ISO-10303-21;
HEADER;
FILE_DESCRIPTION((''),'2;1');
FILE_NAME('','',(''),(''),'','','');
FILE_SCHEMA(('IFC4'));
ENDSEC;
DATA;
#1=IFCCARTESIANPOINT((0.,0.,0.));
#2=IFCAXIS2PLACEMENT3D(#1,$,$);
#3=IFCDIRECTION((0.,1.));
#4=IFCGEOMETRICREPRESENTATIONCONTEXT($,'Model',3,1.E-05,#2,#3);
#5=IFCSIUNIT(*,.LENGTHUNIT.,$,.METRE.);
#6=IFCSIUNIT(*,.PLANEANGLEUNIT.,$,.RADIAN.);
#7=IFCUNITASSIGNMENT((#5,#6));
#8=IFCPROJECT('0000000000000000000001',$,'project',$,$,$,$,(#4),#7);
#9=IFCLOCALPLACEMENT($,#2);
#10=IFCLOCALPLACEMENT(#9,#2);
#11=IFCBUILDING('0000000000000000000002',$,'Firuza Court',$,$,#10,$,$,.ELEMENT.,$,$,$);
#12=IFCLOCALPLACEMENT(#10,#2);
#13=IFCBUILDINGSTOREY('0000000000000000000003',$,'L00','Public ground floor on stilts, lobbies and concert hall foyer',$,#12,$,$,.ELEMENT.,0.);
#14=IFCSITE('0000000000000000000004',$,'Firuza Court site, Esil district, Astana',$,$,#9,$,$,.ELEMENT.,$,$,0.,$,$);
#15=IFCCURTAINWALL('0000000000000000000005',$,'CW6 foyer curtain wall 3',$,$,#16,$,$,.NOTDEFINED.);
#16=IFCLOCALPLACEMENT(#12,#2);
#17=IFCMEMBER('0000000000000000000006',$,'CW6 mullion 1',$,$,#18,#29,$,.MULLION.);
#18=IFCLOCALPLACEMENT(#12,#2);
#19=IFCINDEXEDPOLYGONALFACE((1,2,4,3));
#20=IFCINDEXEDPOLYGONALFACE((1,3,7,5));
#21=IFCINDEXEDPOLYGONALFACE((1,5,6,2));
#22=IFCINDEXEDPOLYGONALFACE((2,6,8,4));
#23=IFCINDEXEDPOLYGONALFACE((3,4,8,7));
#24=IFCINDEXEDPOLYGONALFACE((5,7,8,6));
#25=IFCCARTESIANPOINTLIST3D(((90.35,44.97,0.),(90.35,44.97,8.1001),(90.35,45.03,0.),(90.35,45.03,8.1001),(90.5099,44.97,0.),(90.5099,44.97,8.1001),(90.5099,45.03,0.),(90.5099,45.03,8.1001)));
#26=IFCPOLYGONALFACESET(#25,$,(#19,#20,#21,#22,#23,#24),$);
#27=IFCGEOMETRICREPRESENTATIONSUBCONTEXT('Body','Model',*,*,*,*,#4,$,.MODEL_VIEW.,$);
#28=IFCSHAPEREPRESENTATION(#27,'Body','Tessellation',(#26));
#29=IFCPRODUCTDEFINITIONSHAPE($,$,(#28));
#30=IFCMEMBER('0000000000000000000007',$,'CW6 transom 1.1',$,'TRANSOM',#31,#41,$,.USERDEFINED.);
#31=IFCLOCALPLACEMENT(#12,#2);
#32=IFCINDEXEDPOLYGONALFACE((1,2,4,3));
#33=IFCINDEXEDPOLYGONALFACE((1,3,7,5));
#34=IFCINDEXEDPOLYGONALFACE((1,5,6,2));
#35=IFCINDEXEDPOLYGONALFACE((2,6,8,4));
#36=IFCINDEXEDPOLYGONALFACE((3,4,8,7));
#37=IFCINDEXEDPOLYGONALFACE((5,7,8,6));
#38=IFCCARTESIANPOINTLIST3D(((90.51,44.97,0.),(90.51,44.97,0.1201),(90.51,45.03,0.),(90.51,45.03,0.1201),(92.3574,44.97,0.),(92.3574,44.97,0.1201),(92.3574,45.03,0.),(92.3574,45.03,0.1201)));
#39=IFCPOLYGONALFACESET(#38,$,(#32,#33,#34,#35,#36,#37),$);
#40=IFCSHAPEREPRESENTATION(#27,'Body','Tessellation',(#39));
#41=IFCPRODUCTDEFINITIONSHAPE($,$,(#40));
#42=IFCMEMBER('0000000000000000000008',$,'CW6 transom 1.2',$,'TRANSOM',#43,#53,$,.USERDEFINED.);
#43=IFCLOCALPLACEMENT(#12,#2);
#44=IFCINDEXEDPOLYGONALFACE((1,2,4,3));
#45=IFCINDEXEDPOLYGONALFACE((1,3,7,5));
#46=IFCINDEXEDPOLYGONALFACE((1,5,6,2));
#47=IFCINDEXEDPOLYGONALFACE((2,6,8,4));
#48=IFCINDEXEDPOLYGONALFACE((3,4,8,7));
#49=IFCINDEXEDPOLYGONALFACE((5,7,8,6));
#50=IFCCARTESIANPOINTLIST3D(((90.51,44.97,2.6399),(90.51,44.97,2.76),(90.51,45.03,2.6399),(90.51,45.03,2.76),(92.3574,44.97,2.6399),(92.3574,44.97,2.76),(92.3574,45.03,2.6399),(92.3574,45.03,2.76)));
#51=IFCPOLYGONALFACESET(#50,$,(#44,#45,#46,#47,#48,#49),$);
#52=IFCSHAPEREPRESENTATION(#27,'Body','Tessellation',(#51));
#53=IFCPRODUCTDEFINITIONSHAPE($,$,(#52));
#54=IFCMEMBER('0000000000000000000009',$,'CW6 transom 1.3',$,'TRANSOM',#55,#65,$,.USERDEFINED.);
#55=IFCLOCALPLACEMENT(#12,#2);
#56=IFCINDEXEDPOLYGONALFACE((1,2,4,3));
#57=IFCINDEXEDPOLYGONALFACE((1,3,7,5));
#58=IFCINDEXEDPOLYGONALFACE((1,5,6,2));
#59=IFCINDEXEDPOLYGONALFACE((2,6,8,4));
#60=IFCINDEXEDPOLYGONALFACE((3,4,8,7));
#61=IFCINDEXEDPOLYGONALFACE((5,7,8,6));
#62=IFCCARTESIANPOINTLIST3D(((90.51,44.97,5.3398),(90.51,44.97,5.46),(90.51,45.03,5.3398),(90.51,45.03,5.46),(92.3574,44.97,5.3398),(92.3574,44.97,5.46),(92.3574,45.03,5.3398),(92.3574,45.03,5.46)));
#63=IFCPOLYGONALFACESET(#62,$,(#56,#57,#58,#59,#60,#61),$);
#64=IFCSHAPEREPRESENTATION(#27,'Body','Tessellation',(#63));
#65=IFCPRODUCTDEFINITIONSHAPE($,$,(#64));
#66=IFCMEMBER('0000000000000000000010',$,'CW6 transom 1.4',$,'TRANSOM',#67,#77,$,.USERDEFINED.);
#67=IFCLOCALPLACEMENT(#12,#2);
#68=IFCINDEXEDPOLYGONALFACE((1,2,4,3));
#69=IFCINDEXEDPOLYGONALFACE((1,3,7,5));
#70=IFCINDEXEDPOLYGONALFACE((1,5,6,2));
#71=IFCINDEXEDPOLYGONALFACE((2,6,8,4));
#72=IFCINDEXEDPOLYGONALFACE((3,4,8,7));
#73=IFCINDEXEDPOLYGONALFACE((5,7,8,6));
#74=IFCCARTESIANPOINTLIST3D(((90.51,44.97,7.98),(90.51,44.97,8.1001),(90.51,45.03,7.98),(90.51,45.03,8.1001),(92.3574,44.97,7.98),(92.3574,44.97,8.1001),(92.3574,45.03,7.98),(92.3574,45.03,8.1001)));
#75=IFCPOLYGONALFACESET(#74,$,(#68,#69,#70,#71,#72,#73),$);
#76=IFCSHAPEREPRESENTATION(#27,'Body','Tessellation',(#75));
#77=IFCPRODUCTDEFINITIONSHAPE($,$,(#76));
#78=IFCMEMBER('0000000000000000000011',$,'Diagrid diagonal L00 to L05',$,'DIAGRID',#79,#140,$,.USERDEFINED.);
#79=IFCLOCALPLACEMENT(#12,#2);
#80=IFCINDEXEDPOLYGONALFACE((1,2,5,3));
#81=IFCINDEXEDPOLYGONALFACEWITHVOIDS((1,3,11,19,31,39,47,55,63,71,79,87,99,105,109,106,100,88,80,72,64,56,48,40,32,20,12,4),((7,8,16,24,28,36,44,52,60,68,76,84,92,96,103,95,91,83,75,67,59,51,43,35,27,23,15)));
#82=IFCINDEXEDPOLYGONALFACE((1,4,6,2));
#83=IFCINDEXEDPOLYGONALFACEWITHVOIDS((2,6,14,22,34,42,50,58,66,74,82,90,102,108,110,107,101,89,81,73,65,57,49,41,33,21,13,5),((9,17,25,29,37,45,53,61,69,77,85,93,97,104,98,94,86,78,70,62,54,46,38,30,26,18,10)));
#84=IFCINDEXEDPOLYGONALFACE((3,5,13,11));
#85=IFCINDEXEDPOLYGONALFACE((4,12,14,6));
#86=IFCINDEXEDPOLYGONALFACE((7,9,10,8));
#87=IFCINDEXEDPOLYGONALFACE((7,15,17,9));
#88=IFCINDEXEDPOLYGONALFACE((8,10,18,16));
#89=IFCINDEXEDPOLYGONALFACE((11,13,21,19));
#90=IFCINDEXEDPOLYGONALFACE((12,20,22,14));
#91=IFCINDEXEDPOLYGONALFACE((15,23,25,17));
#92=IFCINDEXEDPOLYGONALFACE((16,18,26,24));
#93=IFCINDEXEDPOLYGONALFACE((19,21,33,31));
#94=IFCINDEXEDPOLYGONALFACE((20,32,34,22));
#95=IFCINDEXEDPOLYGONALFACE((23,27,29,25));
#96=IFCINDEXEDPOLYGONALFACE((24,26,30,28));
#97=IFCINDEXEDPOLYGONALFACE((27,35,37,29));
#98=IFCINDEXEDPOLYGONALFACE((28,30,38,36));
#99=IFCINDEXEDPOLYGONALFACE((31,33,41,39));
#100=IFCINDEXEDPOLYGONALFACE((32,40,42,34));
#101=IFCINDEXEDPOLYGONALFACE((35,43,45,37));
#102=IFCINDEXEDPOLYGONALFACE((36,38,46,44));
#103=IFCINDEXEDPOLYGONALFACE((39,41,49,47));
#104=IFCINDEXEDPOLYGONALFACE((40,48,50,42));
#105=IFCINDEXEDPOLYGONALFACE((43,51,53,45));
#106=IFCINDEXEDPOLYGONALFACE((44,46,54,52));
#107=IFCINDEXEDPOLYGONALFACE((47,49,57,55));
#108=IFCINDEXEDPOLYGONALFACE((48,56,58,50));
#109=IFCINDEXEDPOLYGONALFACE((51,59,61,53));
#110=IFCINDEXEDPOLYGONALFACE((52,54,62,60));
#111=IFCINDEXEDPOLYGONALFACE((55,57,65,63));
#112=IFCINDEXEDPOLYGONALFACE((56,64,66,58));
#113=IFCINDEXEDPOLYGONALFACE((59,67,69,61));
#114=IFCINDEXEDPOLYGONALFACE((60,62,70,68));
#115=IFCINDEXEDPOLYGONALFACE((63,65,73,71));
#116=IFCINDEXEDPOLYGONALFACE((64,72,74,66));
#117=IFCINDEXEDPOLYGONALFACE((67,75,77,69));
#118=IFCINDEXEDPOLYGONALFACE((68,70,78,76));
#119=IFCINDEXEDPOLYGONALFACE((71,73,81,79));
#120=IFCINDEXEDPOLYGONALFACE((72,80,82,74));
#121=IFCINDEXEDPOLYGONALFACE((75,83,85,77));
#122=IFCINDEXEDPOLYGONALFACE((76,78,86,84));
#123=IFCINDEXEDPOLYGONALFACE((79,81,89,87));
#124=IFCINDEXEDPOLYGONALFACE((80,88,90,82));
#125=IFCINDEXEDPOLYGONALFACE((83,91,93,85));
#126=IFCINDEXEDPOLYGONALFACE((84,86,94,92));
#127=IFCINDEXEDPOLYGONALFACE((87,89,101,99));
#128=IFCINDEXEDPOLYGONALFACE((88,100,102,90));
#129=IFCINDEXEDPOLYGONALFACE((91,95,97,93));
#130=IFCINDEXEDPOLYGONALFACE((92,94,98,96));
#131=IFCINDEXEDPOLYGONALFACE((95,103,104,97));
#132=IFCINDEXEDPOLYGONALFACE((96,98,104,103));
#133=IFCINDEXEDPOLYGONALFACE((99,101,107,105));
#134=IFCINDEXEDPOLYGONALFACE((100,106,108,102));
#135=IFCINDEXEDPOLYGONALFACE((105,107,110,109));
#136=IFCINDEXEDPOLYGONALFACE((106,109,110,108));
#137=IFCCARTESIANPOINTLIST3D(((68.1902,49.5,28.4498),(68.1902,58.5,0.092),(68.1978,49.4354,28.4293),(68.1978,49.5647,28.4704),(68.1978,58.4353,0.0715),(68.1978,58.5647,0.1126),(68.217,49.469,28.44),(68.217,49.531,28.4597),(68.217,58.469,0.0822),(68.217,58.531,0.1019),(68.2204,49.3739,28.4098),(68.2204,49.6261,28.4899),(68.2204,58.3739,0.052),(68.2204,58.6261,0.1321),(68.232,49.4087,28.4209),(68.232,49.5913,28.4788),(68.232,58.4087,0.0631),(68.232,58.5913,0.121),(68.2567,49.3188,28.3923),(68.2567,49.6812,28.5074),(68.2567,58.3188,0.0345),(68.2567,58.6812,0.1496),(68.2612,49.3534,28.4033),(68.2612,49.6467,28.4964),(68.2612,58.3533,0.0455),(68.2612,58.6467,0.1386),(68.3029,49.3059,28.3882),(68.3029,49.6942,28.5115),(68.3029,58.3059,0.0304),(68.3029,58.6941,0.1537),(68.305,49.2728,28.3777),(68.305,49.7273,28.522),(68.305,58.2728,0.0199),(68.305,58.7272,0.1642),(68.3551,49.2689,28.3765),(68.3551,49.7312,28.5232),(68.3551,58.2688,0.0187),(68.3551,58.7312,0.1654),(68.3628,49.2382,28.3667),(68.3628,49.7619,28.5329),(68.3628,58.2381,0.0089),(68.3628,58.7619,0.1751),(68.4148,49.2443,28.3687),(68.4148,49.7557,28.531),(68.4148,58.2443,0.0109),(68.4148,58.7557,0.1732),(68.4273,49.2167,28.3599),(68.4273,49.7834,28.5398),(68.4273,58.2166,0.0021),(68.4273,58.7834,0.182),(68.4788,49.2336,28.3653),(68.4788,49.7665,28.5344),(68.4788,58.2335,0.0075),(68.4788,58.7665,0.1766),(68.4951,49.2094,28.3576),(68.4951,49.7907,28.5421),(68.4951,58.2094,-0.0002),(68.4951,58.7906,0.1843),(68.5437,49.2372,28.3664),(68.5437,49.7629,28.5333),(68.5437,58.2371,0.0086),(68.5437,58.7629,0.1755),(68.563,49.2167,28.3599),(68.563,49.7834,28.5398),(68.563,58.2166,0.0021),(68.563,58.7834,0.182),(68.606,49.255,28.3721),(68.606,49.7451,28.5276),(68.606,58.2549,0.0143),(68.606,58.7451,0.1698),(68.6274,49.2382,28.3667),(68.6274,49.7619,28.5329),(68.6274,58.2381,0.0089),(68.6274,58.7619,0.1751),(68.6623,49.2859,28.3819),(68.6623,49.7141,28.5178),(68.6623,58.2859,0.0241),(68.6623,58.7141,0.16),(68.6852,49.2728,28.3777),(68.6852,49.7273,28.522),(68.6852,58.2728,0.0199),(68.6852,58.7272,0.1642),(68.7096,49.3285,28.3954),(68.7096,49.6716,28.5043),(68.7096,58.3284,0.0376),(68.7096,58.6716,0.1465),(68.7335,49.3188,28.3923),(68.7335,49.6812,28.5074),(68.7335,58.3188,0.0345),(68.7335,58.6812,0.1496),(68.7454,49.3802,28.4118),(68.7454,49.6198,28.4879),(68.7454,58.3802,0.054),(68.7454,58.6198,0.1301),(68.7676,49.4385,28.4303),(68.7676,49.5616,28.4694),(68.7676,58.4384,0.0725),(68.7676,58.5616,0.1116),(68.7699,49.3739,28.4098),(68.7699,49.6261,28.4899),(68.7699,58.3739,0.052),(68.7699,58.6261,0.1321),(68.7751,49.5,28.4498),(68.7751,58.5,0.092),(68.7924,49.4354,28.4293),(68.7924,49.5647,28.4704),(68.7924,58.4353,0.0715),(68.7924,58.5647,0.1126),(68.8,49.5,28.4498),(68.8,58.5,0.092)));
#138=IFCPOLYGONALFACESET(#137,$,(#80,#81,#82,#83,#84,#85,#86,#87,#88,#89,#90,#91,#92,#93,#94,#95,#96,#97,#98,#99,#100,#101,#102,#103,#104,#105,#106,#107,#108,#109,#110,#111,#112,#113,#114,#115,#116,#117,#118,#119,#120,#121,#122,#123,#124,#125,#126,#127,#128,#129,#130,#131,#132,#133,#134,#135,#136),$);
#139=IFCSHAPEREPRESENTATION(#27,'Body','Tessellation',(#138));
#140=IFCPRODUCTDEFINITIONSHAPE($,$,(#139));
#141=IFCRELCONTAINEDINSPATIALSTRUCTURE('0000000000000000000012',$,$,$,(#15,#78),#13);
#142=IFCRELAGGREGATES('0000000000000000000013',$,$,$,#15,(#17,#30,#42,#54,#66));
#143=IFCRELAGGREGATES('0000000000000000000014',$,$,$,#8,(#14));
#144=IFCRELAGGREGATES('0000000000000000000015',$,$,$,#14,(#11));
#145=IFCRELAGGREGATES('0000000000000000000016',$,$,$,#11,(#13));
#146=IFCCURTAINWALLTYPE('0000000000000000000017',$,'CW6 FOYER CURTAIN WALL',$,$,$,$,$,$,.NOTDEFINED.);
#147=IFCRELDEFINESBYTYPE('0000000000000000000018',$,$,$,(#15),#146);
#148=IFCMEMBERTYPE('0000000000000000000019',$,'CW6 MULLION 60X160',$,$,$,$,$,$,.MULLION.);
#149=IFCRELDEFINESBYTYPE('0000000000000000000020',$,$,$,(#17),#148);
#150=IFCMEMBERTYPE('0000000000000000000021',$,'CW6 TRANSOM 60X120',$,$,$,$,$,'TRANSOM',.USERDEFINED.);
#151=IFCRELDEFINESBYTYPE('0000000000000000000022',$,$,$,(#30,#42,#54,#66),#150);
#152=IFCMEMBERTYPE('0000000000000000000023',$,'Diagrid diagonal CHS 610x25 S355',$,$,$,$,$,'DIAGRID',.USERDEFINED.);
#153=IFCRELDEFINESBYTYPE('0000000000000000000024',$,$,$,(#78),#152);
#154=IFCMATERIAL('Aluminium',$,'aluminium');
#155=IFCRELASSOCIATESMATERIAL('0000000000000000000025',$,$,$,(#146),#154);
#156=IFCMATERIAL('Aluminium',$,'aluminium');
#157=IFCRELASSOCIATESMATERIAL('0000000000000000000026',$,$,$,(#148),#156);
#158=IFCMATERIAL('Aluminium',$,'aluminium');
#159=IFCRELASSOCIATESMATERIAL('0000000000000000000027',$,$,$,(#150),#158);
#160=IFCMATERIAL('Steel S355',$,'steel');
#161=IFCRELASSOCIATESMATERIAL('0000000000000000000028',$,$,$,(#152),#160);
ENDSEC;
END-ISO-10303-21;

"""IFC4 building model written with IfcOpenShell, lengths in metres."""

from ifc_helpers import new_model, si_unit, direction, frame, origin, origin_2d, place, context, subcontext, project, spatial, rectangle, hollow_circle, extrude, material, material_profile, profile_set, type_object, element, aggregate, save


model = new_model("IFC4")

# Units and contexts
model_context = context("Model", 3, precision=1e-05, world=origin(), true_north=direction((0.0, 1.0)))
body_context = subcontext(model_context, "Body", "Model", "MODEL_VIEW")
ifc_project = project(units=[si_unit("LENGTHUNIT", "METRE"), si_unit("PLANEANGLEUNIT", "RADIAN")], contexts=[model_context])

# Site, building, storey
site_placement = place(None, origin())
site = spatial("IfcSite", under=ifc_project, at=site_placement, Name="Firuza Court site, Esil district, Astana", CompositionType="ELEMENT", RefElevation=0.0)
building_placement = place(site_placement, origin())
building = spatial("IfcBuilding", under=site, at=building_placement, Name="Firuza Court", CompositionType="ELEMENT")
storey_placement = place(building_placement, origin())
storey = spatial("IfcBuildingStorey", under=building, at=storey_placement, Name="L00", Description="Public ground floor on stilts, lobbies and concert hall foyer", CompositionType="ELEMENT", Elevation=0.0)

# Curtain wall, members
ifc_material_1 = material(Name="Aluminium", Category="aluminium")
curtain_wall_type_1 = type_object("IfcCurtainWallType", Name="CW6 FOYER CURTAIN WALL", PredefinedType="NOTDEFINED", material=ifc_material_1)
curtain_wall_1_placement = place(storey_placement, origin())
curtain_wall_1 = element("IfcCurtainWall", 1, at=curtain_wall_1_placement, inside=storey, type_object=curtain_wall_type_1, Name="CW6 foyer curtain wall 3", PredefinedType="NOTDEFINED")
ifc_material_2 = material(Name="Aluminium", Category="aluminium")
ifc_material_profile_1 = material_profile(ifc_material_2, rectangle(XDim=0.0601, YDim=0.1599, at=origin_2d()), Name="MULLION 60X160")
ifc_profile_set_1 = profile_set([ifc_material_profile_1], Name="Aluminium")
member_type_1 = type_object("IfcMemberType", Name="CW6 MULLION 60X160", PredefinedType="MULLION", material=ifc_profile_set_1)
member_1_placement = place(storey_placement, frame((90.4299, 45.0, 0.0), z_axis=(0.0, 0.0, 1.0), x_axis=(0.0, 1.0, 0.0)))
member_1 = element("IfcMember", 2, at=member_1_placement, type_object=member_type_1, Name="CW6 mullion 1", PredefinedType="MULLION", context=body_context, shape_type="SweptSolid", body=[
    extrude(rectangle(XDim=0.0601, YDim=0.1599, at=origin_2d()), origin(), (0.0, 0.0, 1.0), 8.1001),
])
ifc_material_3 = material(Name="Aluminium", Category="aluminium")
ifc_material_profile_2 = material_profile(ifc_material_3, rectangle(XDim=0.0601, YDim=0.1201, at=origin_2d()), Name="TRANSOM 60X120")
ifc_profile_set_2 = profile_set([ifc_material_profile_2], Name="Aluminium")
member_type_2 = type_object("IfcMemberType", Name="CW6 TRANSOM 60X120", ElementType="TRANSOM", PredefinedType="USERDEFINED", material=ifc_profile_set_2)
member_2_placement = place(storey_placement, frame((90.51, 45.0, 0.0601), z_axis=(1.0, 0.0, 0.0), x_axis=(0.0, 1.0, 0.0)))
member_2 = element("IfcMember", 3, at=member_2_placement, type_object=member_type_2, Name="CW6 transom 1.1", ObjectType="TRANSOM", PredefinedType="USERDEFINED", context=body_context, shape_type="SweptSolid", body=[
    extrude(rectangle(XDim=0.0601, YDim=0.1201, at=origin_2d()), origin(), (0.0, 0.0, 1.0), 1.8474),
])
member_3_placement = place(storey_placement, frame((90.51, 45.0, 2.7), z_axis=(1.0, 0.0, 0.0), x_axis=(0.0, 1.0, 0.0)))
member_3 = element("IfcMember", 4, at=member_3_placement, type_object=member_type_2, Name="CW6 transom 1.2", ObjectType="TRANSOM", PredefinedType="USERDEFINED", context=body_context, shape_type="SweptSolid", body=[
    extrude(rectangle(XDim=0.0601, YDim=0.1201, at=origin_2d()), origin(), (0.0, 0.0, 1.0), 1.8474),
])
member_4_placement = place(storey_placement, frame((90.51, 45.0, 5.3999), z_axis=(1.0, 0.0, 0.0), x_axis=(0.0, 1.0, 0.0)))
member_4 = element("IfcMember", 5, at=member_4_placement, type_object=member_type_2, Name="CW6 transom 1.3", ObjectType="TRANSOM", PredefinedType="USERDEFINED", context=body_context, shape_type="SweptSolid", body=[
    extrude(rectangle(XDim=0.0601, YDim=0.1201, at=origin_2d()), origin(), (0.0, 0.0, 1.0), 1.8474),
])
member_5_placement = place(storey_placement, frame((90.51, 45.0, 8.04), z_axis=(1.0, 0.0, 0.0), x_axis=(0.0, 1.0, 0.0)))
member_5 = element("IfcMember", 6, at=member_5_placement, type_object=member_type_2, Name="CW6 transom 1.4", ObjectType="TRANSOM", PredefinedType="USERDEFINED", context=body_context, shape_type="SweptSolid", body=[
    extrude(rectangle(XDim=0.0601, YDim=0.1201, at=origin_2d()), origin(), (0.0, 0.0, 1.0), 1.8474),
])

# Member
ifc_material_4 = material(Name="Steel S355", Category="steel")
ifc_material_profile_3 = material_profile(ifc_material_4, hollow_circle(Radius=0.3049, WallThickness=0.0249, at=origin_2d()), Name="CHS 610x25")
ifc_profile_set_3 = profile_set([ifc_material_profile_3], Name="Steel S355")
member_type_3 = type_object("IfcMemberType", Name="Diagrid diagonal CHS 610x25 S355", ElementType="DIAGRID", PredefinedType="USERDEFINED", material=ifc_profile_set_3)
member_6_placement = place(storey_placement, frame((68.4951, 58.5, 0.092), z_axis=(0.0, -0.302502, 0.953149), x_axis=(1.0, 0.0, 0.0)))
element("IfcMember", 7, at=member_6_placement, inside=storey, type_object=member_type_3, Name="Diagrid diagonal L00 to L05", ObjectType="DIAGRID", PredefinedType="USERDEFINED", context=body_context, shape_type="SweptSolid", body=[
    extrude(hollow_circle(Radius=0.3049, WallThickness=0.0249, at=origin_2d()), origin(), (0.0, 0.0, 1.0), 29.7517),
])

aggregate(curtain_wall_1, [member_1, member_2, member_3, member_4, member_5])

save(model, "model.ifc")
